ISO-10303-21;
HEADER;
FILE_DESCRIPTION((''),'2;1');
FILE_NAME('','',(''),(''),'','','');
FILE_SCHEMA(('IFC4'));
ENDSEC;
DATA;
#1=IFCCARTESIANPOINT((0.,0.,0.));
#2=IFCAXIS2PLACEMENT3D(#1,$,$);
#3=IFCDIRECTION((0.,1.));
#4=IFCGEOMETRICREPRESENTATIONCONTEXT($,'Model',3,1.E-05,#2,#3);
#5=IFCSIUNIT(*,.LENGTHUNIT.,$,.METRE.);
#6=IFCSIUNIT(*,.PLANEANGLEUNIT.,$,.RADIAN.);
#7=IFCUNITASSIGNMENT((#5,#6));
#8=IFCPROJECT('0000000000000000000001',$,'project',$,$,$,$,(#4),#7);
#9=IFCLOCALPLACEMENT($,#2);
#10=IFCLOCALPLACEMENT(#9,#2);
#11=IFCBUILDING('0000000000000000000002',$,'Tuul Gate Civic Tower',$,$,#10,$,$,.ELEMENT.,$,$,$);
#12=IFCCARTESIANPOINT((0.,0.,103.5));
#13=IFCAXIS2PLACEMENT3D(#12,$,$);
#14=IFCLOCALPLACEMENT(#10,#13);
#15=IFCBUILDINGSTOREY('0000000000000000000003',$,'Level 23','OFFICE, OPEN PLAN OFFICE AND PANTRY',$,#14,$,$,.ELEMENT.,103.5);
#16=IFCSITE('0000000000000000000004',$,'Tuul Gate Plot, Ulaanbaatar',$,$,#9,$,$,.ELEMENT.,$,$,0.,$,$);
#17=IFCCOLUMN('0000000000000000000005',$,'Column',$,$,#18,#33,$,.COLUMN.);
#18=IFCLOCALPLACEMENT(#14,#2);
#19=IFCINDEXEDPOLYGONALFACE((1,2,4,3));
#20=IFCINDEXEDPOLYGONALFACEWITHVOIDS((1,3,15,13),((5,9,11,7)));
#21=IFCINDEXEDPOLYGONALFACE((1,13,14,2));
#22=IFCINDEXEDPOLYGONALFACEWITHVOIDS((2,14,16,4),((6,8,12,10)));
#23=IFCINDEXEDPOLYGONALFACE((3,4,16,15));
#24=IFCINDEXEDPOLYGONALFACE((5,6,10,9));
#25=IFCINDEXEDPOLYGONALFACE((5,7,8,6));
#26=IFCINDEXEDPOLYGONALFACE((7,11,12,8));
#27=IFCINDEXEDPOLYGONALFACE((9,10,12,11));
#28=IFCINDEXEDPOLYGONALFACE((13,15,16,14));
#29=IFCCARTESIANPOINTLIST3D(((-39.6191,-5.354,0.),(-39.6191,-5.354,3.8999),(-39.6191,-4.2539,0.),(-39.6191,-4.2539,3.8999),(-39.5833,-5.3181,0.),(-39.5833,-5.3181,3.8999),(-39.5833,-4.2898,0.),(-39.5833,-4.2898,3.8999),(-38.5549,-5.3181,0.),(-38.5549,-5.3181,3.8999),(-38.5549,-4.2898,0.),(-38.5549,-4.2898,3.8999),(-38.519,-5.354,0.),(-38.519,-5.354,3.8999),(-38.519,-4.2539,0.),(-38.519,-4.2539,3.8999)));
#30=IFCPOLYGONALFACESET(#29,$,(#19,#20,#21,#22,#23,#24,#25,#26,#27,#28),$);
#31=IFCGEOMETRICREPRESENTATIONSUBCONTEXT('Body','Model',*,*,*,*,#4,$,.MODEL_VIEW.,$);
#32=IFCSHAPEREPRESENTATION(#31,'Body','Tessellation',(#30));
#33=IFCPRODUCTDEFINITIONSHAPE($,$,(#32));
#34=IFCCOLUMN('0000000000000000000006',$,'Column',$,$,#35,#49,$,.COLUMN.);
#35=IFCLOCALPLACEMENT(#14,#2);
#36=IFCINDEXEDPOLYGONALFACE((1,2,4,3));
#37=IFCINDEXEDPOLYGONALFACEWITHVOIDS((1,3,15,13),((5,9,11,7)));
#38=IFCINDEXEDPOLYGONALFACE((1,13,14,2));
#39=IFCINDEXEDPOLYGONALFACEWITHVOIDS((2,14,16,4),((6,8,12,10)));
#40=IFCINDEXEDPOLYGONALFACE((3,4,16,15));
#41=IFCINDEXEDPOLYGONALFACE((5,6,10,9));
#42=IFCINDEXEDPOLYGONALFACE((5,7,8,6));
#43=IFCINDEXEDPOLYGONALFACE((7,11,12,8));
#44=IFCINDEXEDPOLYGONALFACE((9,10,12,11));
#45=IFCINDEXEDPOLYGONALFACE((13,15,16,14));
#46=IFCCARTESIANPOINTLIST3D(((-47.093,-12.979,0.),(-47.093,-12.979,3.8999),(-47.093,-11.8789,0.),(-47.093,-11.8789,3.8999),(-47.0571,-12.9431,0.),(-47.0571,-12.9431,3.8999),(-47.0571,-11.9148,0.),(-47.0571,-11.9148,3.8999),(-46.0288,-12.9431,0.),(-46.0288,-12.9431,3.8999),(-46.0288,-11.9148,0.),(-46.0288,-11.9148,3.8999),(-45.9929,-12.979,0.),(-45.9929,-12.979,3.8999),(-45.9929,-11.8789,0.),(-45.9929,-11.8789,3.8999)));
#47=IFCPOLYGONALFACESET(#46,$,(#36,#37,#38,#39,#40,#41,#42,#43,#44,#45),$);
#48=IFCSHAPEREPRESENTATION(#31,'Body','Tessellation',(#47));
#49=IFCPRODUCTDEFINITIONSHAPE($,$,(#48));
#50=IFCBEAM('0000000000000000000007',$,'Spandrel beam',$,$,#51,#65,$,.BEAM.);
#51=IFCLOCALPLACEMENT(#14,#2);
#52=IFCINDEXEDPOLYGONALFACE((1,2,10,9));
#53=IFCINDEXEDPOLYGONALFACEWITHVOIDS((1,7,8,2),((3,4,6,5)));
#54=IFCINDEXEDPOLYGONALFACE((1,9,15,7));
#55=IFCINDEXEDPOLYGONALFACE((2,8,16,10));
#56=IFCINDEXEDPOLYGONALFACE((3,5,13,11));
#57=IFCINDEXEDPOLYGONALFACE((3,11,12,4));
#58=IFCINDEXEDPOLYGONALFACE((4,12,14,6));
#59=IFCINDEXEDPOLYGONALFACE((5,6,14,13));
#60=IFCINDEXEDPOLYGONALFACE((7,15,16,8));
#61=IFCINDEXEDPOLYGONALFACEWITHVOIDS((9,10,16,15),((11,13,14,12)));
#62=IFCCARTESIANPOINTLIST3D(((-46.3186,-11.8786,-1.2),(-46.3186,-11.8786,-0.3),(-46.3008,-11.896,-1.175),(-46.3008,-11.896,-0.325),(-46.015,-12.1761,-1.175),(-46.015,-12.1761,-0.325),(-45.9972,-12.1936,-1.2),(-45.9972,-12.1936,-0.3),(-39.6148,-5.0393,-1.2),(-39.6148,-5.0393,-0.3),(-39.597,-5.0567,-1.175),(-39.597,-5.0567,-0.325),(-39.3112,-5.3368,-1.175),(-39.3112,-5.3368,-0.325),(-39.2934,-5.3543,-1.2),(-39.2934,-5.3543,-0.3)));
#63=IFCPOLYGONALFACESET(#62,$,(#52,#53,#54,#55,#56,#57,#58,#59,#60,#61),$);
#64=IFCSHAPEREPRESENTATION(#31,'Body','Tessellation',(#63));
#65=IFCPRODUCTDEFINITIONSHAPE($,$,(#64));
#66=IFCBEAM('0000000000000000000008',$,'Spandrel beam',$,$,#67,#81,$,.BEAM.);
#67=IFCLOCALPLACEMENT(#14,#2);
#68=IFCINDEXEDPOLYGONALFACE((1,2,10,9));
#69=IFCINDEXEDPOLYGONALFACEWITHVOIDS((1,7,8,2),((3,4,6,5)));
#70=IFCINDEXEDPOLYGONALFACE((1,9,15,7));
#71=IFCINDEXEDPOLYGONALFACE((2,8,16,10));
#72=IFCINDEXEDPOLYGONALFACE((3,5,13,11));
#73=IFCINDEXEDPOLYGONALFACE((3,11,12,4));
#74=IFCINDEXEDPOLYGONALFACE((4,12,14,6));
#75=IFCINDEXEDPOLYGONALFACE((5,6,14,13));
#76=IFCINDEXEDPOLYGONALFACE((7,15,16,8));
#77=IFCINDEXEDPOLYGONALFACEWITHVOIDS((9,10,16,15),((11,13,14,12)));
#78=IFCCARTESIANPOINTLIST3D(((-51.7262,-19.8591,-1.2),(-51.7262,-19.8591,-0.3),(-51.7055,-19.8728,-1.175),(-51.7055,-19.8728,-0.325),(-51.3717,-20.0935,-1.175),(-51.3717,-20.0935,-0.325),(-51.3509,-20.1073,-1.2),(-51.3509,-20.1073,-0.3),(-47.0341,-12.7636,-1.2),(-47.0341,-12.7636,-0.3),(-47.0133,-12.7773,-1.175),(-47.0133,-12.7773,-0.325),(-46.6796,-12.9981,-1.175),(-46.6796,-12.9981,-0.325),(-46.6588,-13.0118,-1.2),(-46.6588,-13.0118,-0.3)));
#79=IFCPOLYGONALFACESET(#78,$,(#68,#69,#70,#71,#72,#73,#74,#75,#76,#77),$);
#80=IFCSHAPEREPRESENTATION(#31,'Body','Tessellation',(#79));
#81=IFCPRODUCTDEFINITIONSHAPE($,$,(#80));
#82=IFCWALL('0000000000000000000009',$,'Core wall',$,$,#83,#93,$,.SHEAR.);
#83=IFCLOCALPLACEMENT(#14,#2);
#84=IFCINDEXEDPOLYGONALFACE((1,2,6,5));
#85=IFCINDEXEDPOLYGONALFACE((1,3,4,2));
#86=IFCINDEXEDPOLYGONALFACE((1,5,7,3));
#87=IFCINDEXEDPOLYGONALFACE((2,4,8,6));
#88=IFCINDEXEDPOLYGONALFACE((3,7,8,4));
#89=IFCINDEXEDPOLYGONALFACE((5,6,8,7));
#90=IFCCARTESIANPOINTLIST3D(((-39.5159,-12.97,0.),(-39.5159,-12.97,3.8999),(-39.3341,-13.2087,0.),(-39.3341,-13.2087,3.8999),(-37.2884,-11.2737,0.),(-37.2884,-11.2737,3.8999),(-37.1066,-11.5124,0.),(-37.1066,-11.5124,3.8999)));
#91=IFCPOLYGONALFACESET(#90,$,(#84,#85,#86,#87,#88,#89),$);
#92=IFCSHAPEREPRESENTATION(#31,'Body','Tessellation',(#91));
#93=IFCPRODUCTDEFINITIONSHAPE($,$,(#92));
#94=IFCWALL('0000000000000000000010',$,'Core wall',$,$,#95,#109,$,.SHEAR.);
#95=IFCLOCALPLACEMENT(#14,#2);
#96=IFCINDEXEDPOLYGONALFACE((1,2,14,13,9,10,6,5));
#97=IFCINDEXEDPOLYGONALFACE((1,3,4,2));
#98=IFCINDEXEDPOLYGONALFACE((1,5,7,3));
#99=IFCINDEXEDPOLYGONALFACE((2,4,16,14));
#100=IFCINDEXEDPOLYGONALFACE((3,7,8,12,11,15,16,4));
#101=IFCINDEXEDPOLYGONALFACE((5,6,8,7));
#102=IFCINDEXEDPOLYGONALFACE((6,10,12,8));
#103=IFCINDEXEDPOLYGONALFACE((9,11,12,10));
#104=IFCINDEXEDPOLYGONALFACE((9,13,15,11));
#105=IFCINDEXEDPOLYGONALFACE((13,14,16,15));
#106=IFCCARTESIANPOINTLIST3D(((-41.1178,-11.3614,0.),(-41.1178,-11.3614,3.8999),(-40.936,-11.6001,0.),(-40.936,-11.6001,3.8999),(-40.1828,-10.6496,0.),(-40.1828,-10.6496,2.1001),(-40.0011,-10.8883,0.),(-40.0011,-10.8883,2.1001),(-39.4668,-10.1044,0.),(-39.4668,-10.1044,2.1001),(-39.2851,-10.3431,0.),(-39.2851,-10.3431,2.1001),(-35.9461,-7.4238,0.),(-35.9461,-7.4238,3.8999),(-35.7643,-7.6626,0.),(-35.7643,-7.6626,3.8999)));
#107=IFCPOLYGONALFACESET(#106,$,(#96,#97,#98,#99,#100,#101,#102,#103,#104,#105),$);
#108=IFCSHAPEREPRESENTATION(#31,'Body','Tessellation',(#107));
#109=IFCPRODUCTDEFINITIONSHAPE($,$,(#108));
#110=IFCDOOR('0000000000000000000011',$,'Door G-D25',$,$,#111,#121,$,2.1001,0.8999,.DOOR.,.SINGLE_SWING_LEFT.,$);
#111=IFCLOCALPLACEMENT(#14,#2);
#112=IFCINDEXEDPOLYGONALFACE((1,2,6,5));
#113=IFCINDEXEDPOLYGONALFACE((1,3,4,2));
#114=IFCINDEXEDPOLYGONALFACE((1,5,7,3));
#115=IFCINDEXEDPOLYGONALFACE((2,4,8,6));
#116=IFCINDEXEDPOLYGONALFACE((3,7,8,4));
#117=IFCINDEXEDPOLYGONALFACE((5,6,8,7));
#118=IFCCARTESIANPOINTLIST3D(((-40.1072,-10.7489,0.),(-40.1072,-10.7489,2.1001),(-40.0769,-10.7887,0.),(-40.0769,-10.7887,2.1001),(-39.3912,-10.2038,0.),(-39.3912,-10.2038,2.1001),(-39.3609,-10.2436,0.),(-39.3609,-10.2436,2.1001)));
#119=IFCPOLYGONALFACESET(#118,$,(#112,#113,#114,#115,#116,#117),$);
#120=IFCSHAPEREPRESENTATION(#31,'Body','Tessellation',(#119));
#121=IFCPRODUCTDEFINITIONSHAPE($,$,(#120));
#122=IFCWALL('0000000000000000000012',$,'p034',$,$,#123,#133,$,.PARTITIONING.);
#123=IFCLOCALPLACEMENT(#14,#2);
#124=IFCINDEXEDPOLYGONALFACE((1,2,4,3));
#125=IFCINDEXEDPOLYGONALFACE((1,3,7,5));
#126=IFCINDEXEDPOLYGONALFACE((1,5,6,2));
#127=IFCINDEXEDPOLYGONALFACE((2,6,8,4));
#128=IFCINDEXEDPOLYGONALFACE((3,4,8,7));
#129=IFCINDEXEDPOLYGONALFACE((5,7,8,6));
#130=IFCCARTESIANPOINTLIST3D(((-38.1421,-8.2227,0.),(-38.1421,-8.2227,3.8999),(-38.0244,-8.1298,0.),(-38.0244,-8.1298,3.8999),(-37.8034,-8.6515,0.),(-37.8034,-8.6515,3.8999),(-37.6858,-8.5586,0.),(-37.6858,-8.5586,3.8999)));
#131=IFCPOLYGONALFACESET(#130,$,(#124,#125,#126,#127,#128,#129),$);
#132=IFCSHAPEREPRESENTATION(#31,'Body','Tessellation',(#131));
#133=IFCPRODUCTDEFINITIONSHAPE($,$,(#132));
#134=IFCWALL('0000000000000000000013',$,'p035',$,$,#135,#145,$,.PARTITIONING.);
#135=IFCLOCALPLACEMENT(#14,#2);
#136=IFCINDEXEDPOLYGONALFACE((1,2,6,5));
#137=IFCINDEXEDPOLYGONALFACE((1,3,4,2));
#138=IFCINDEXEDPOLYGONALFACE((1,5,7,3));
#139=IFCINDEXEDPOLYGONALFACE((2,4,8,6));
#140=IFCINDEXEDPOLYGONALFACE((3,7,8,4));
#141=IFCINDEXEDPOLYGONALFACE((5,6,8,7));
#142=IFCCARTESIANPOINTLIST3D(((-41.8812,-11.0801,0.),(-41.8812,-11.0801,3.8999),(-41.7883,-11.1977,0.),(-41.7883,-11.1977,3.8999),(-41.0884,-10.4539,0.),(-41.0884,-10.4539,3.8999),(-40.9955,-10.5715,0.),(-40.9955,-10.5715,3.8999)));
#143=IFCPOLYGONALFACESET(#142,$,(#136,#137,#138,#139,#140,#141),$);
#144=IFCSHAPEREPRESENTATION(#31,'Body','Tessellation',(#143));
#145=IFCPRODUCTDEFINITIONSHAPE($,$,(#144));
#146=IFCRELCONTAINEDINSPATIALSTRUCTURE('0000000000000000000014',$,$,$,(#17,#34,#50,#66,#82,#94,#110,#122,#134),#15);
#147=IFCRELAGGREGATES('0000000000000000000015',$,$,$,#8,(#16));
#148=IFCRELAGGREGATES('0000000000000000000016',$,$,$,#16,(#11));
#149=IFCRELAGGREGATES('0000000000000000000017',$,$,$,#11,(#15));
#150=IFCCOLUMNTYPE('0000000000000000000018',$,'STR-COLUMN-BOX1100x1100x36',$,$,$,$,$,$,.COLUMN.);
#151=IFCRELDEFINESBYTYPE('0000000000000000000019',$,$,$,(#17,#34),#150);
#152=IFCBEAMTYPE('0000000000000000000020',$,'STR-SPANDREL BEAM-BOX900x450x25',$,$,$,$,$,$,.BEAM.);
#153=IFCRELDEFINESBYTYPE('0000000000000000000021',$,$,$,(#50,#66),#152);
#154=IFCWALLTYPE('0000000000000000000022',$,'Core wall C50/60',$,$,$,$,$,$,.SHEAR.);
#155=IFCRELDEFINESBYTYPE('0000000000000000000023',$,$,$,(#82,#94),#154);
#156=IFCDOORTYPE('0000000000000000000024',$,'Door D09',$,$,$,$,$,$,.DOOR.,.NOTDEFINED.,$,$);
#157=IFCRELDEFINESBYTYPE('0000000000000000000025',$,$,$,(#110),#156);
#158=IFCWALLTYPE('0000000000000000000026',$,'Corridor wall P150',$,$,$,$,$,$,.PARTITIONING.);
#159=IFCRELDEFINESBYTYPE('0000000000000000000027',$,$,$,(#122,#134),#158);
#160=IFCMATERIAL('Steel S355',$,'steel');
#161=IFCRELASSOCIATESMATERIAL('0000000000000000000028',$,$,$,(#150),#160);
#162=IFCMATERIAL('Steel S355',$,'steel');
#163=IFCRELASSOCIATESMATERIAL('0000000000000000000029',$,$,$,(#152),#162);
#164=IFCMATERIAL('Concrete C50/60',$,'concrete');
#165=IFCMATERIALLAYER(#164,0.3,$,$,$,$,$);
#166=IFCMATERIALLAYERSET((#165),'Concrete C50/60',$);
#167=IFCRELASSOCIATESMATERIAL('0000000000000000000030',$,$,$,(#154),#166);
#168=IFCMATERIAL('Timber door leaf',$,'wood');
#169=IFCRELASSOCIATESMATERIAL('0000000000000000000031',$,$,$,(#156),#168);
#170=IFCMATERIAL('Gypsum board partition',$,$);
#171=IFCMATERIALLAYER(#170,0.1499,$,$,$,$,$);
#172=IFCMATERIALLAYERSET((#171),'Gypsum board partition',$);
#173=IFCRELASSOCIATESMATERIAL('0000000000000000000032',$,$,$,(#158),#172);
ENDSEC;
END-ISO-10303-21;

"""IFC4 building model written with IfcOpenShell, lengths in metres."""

from ifc_helpers import new_model, si_unit, direction, frame, frame_2d, origin, origin_2d, place, context, subcontext, project, spatial, rectangle, hollow_rectangle, extrude, material, layer, layer_set, material_profile, profile_set, type_object, element, fill, save


model = new_model("IFC4")

# Units and contexts
model_context = context("Model", 3, precision=1e-05, world=origin(), true_north=direction((0.0, 1.0)))
body_context = subcontext(model_context, "Body", "Model", "MODEL_VIEW")
ifc_project = project(units=[si_unit("LENGTHUNIT", "METRE"), si_unit("PLANEANGLEUNIT", "RADIAN")], contexts=[model_context])

# Site, building, storey
site_placement = place(None, origin())
site = spatial("IfcSite", under=ifc_project, at=site_placement, Name="Tuul Gate Plot, Ulaanbaatar", CompositionType="ELEMENT", RefElevation=0.0)
building_placement = place(site_placement, origin())
building = spatial("IfcBuilding", under=site, at=building_placement, Name="Tuul Gate Civic Tower", CompositionType="ELEMENT")
storey_placement = place(building_placement, frame((0.0, 0.0, 103.5)))
storey = spatial("IfcBuildingStorey", under=building, at=storey_placement, Name="Level 23", Description="OFFICE, OPEN PLAN OFFICE AND PANTRY", CompositionType="ELEMENT", Elevation=103.5)

# Columns
ifc_material_1 = material(Name="Steel S355", Category="steel")
ifc_material_profile_1 = material_profile(ifc_material_1, hollow_rectangle(XDim=1.1001, YDim=1.1001, WallThickness=0.0359, at=origin_2d()), Name="BOX1100x1100x36")
ifc_profile_set_1 = profile_set([ifc_material_profile_1], Name="Steel S355")
column_type = type_object("IfcColumnType", Name="STR-COLUMN-BOX1100x1100x36", PredefinedType="COLUMN", material=ifc_profile_set_1)
for number, where, z_axis, x_axis, name in (
    (1, (-39.0691, -4.804, 0.0), (0.0, 0.0, 1.0), (1.0, 0.0, 0.0), "Column"),
    (2, (-46.543, -12.429, 0.0), (0.0, 0.0, 1.0), (1.0, 0.0, 0.0), "Column"),
):
    element("IfcColumn", number, at=place(storey_placement, frame(where, z_axis=z_axis, x_axis=x_axis)), inside=storey, type_object=column_type, Name=name, PredefinedType="COLUMN", context=body_context, shape_type="SweptSolid", body=[
        extrude(hollow_rectangle(XDim=1.1001, YDim=1.1001, WallThickness=0.0359, at=origin_2d()), origin(), (0.0, 0.0, 1.0), 3.8999),
    ])

# Beams
ifc_material_2 = material(Name="Steel S355", Category="steel")
ifc_material_profile_2 = material_profile(ifc_material_2, hollow_rectangle(XDim=0.45, YDim=0.8999, WallThickness=0.0249, at=origin_2d()), Name="BOX900x450x25")
ifc_profile_set_2 = profile_set([ifc_material_profile_2], Name="Steel S355")
beam_type = type_object("IfcBeamType", Name="STR-SPANDREL BEAM-BOX900x450x25", PredefinedType="BEAM", material=ifc_profile_set_2)
beam_1_placement = place(storey_placement, frame((-39.4541, -5.1968, -0.75), z_axis=(-0.699997, -0.714146, 0.0), x_axis=(0.714146, -0.699997, 0.0)))
element("IfcBeam", 3, at=beam_1_placement, inside=storey, type_object=beam_type, Name="Spandrel beam", PredefinedType="BEAM", context=body_context, shape_type="SweptSolid", body=[
    extrude(hollow_rectangle(XDim=0.45, YDim=0.8999, WallThickness=0.0249, at=origin_2d()), origin(), (0.0, 0.0, 1.0), 9.5769),
])
beam_2_placement = place(storey_placement, frame((-46.8464, -12.8877, -0.75), z_axis=(-0.55159, -0.834115, 0.0), x_axis=(0.834115, -0.55159, 0.0)))
element("IfcBeam", 4, at=beam_2_placement, inside=storey, type_object=beam_type, Name="Spandrel beam", PredefinedType="BEAM", context=body_context, shape_type="SweptSolid", body=[
    extrude(hollow_rectangle(XDim=0.45, YDim=0.8999, WallThickness=0.0249, at=origin_2d()), origin(), (0.0, 0.0, 1.0), 8.5066),
])

# Wall
ifc_material_3 = material(Name="Concrete C50/60", Category="concrete")
ifc_layer_1 = layer(ifc_material_3, 0.3)
ifc_layer_set_1 = layer_set([ifc_layer_1], Name="Concrete C50/60")
wall_type_1 = type_object("IfcWallType", Name="Core wall C50/60", PredefinedType="SHEAR", material=ifc_layer_set_1)
wall_1_placement = place(storey_placement, frame((-37.1975, -11.3931, 0.0), z_axis=(0.0, 0.0, 1.0), x_axis=(-0.795584, -0.605844, 0.0)))
element("IfcWall", 5, at=wall_1_placement, inside=storey, type_object=wall_type_1, Name="Core wall", PredefinedType="SHEAR", context=body_context, shape_type="SweptSolid", body=[
    extrude(rectangle(XDim=2.7998, YDim=0.3, at=frame_2d((1.3999, 0.0))), origin(), (0.0, 0.0, 1.0), 3.8999),
])

# Wall, opening, door
wall_2_placement = place(storey_placement, frame((-35.8552, -7.5432, 0.0), z_axis=(0.0, 0.0, 1.0), x_axis=(-0.795639, -0.605772, 0.0)))
wall_2 = element("IfcWall", 6, at=wall_2_placement, inside=storey, type_object=wall_type_1, Name="Core wall", PredefinedType="SHEAR", context=body_context, shape_type="SweptSolid", body=[
    extrude(rectangle(XDim=6.5, YDim=0.3, at=frame_2d((3.25, 0.0))), origin(), (0.0, 0.0, 1.0), 3.8999),
])
opening_1_placement = place(wall_2_placement, frame((4.425, 0.0, 0.0)))
opening_1 = element("IfcOpeningElement", 7, at=opening_1_placement, cuts=wall_2, PredefinedType="OPENING", context=body_context, shape_type="SweptSolid", body=[
    extrude(rectangle(XDim=0.8999, YDim=2.1001, at=frame_2d((0.45, 1.05))), frame((0.0, 0.1602, 0.0), z_axis=(0.0, -1.0, 0.0), x_axis=(1.0, 0.0, 0.0)), (0.0, 0.0, 1.0), 0.3201),
])
ifc_material_4 = material(Name="Timber door leaf", Category="wood")
door_type = type_object("IfcDoorType", Name="Door D09", OperationType="NOTDEFINED", PredefinedType="DOOR", material=ifc_material_4)
door_1_placement = place(opening_1_placement, origin())
door_1 = element("IfcDoor", 8, at=door_1_placement, inside=storey, type_object=door_type, Name="Door G-D25", OperationType="SINGLE_SWING_LEFT", OverallHeight=2.1001, OverallWidth=0.8999, PredefinedType="DOOR", context=body_context, shape_type="SweptSolid", body=[
    extrude(rectangle(XDim=0.8999, YDim=2.1001, at=frame_2d((0.45, 1.05))), frame((0.0, 0.0249, 0.0), z_axis=(0.0, -1.0, 0.0), x_axis=(1.0, 0.0, 0.0)), (0.0, 0.0, 1.0), 0.05),
])
fill(opening_1, door_1)

# Walls
ifc_material_5 = material(Name="Gypsum board partition")
ifc_layer_2 = layer(ifc_material_5, 0.1499)
ifc_layer_set_2 = layer_set([ifc_layer_2], Name="Gypsum board partition")
wall_type_2 = type_object("IfcWallType", Name="Corridor wall P150", PredefinedType="PARTITIONING", material=ifc_layer_set_2)
wall_3_placement = place(storey_placement, frame((-38.0833, -8.1763, 0.0), z_axis=(0.0, 0.0, 1.0), x_axis=(0.619833, -0.784734, 0.0)))
element("IfcWall", 9, at=wall_3_placement, inside=storey, type_object=wall_type_2, Name="p034", PredefinedType="PARTITIONING", context=body_context, shape_type="SweptSolid", body=[
    extrude(rectangle(XDim=0.5464, YDim=0.1499, at=frame_2d((0.2732, 0.0))), origin(), (0.0, 0.0, 1.0), 3.8999),
])
wall_4_placement = place(storey_placement, frame((-41.8347, -11.1389, 0.0), z_axis=(0.0, 0.0, 1.0), x_axis=(0.784697, 0.619879, 0.0)))
element("IfcWall", 10, at=wall_4_placement, inside=storey, type_object=wall_type_2, Name="p035", PredefinedType="PARTITIONING", context=body_context, shape_type="SweptSolid", body=[
    extrude(rectangle(XDim=1.0103, YDim=0.1499, at=frame_2d((0.5051, 0.0))), origin(), (0.0, 0.0, 1.0), 3.8999),
])

save(model, "model.ifc")
